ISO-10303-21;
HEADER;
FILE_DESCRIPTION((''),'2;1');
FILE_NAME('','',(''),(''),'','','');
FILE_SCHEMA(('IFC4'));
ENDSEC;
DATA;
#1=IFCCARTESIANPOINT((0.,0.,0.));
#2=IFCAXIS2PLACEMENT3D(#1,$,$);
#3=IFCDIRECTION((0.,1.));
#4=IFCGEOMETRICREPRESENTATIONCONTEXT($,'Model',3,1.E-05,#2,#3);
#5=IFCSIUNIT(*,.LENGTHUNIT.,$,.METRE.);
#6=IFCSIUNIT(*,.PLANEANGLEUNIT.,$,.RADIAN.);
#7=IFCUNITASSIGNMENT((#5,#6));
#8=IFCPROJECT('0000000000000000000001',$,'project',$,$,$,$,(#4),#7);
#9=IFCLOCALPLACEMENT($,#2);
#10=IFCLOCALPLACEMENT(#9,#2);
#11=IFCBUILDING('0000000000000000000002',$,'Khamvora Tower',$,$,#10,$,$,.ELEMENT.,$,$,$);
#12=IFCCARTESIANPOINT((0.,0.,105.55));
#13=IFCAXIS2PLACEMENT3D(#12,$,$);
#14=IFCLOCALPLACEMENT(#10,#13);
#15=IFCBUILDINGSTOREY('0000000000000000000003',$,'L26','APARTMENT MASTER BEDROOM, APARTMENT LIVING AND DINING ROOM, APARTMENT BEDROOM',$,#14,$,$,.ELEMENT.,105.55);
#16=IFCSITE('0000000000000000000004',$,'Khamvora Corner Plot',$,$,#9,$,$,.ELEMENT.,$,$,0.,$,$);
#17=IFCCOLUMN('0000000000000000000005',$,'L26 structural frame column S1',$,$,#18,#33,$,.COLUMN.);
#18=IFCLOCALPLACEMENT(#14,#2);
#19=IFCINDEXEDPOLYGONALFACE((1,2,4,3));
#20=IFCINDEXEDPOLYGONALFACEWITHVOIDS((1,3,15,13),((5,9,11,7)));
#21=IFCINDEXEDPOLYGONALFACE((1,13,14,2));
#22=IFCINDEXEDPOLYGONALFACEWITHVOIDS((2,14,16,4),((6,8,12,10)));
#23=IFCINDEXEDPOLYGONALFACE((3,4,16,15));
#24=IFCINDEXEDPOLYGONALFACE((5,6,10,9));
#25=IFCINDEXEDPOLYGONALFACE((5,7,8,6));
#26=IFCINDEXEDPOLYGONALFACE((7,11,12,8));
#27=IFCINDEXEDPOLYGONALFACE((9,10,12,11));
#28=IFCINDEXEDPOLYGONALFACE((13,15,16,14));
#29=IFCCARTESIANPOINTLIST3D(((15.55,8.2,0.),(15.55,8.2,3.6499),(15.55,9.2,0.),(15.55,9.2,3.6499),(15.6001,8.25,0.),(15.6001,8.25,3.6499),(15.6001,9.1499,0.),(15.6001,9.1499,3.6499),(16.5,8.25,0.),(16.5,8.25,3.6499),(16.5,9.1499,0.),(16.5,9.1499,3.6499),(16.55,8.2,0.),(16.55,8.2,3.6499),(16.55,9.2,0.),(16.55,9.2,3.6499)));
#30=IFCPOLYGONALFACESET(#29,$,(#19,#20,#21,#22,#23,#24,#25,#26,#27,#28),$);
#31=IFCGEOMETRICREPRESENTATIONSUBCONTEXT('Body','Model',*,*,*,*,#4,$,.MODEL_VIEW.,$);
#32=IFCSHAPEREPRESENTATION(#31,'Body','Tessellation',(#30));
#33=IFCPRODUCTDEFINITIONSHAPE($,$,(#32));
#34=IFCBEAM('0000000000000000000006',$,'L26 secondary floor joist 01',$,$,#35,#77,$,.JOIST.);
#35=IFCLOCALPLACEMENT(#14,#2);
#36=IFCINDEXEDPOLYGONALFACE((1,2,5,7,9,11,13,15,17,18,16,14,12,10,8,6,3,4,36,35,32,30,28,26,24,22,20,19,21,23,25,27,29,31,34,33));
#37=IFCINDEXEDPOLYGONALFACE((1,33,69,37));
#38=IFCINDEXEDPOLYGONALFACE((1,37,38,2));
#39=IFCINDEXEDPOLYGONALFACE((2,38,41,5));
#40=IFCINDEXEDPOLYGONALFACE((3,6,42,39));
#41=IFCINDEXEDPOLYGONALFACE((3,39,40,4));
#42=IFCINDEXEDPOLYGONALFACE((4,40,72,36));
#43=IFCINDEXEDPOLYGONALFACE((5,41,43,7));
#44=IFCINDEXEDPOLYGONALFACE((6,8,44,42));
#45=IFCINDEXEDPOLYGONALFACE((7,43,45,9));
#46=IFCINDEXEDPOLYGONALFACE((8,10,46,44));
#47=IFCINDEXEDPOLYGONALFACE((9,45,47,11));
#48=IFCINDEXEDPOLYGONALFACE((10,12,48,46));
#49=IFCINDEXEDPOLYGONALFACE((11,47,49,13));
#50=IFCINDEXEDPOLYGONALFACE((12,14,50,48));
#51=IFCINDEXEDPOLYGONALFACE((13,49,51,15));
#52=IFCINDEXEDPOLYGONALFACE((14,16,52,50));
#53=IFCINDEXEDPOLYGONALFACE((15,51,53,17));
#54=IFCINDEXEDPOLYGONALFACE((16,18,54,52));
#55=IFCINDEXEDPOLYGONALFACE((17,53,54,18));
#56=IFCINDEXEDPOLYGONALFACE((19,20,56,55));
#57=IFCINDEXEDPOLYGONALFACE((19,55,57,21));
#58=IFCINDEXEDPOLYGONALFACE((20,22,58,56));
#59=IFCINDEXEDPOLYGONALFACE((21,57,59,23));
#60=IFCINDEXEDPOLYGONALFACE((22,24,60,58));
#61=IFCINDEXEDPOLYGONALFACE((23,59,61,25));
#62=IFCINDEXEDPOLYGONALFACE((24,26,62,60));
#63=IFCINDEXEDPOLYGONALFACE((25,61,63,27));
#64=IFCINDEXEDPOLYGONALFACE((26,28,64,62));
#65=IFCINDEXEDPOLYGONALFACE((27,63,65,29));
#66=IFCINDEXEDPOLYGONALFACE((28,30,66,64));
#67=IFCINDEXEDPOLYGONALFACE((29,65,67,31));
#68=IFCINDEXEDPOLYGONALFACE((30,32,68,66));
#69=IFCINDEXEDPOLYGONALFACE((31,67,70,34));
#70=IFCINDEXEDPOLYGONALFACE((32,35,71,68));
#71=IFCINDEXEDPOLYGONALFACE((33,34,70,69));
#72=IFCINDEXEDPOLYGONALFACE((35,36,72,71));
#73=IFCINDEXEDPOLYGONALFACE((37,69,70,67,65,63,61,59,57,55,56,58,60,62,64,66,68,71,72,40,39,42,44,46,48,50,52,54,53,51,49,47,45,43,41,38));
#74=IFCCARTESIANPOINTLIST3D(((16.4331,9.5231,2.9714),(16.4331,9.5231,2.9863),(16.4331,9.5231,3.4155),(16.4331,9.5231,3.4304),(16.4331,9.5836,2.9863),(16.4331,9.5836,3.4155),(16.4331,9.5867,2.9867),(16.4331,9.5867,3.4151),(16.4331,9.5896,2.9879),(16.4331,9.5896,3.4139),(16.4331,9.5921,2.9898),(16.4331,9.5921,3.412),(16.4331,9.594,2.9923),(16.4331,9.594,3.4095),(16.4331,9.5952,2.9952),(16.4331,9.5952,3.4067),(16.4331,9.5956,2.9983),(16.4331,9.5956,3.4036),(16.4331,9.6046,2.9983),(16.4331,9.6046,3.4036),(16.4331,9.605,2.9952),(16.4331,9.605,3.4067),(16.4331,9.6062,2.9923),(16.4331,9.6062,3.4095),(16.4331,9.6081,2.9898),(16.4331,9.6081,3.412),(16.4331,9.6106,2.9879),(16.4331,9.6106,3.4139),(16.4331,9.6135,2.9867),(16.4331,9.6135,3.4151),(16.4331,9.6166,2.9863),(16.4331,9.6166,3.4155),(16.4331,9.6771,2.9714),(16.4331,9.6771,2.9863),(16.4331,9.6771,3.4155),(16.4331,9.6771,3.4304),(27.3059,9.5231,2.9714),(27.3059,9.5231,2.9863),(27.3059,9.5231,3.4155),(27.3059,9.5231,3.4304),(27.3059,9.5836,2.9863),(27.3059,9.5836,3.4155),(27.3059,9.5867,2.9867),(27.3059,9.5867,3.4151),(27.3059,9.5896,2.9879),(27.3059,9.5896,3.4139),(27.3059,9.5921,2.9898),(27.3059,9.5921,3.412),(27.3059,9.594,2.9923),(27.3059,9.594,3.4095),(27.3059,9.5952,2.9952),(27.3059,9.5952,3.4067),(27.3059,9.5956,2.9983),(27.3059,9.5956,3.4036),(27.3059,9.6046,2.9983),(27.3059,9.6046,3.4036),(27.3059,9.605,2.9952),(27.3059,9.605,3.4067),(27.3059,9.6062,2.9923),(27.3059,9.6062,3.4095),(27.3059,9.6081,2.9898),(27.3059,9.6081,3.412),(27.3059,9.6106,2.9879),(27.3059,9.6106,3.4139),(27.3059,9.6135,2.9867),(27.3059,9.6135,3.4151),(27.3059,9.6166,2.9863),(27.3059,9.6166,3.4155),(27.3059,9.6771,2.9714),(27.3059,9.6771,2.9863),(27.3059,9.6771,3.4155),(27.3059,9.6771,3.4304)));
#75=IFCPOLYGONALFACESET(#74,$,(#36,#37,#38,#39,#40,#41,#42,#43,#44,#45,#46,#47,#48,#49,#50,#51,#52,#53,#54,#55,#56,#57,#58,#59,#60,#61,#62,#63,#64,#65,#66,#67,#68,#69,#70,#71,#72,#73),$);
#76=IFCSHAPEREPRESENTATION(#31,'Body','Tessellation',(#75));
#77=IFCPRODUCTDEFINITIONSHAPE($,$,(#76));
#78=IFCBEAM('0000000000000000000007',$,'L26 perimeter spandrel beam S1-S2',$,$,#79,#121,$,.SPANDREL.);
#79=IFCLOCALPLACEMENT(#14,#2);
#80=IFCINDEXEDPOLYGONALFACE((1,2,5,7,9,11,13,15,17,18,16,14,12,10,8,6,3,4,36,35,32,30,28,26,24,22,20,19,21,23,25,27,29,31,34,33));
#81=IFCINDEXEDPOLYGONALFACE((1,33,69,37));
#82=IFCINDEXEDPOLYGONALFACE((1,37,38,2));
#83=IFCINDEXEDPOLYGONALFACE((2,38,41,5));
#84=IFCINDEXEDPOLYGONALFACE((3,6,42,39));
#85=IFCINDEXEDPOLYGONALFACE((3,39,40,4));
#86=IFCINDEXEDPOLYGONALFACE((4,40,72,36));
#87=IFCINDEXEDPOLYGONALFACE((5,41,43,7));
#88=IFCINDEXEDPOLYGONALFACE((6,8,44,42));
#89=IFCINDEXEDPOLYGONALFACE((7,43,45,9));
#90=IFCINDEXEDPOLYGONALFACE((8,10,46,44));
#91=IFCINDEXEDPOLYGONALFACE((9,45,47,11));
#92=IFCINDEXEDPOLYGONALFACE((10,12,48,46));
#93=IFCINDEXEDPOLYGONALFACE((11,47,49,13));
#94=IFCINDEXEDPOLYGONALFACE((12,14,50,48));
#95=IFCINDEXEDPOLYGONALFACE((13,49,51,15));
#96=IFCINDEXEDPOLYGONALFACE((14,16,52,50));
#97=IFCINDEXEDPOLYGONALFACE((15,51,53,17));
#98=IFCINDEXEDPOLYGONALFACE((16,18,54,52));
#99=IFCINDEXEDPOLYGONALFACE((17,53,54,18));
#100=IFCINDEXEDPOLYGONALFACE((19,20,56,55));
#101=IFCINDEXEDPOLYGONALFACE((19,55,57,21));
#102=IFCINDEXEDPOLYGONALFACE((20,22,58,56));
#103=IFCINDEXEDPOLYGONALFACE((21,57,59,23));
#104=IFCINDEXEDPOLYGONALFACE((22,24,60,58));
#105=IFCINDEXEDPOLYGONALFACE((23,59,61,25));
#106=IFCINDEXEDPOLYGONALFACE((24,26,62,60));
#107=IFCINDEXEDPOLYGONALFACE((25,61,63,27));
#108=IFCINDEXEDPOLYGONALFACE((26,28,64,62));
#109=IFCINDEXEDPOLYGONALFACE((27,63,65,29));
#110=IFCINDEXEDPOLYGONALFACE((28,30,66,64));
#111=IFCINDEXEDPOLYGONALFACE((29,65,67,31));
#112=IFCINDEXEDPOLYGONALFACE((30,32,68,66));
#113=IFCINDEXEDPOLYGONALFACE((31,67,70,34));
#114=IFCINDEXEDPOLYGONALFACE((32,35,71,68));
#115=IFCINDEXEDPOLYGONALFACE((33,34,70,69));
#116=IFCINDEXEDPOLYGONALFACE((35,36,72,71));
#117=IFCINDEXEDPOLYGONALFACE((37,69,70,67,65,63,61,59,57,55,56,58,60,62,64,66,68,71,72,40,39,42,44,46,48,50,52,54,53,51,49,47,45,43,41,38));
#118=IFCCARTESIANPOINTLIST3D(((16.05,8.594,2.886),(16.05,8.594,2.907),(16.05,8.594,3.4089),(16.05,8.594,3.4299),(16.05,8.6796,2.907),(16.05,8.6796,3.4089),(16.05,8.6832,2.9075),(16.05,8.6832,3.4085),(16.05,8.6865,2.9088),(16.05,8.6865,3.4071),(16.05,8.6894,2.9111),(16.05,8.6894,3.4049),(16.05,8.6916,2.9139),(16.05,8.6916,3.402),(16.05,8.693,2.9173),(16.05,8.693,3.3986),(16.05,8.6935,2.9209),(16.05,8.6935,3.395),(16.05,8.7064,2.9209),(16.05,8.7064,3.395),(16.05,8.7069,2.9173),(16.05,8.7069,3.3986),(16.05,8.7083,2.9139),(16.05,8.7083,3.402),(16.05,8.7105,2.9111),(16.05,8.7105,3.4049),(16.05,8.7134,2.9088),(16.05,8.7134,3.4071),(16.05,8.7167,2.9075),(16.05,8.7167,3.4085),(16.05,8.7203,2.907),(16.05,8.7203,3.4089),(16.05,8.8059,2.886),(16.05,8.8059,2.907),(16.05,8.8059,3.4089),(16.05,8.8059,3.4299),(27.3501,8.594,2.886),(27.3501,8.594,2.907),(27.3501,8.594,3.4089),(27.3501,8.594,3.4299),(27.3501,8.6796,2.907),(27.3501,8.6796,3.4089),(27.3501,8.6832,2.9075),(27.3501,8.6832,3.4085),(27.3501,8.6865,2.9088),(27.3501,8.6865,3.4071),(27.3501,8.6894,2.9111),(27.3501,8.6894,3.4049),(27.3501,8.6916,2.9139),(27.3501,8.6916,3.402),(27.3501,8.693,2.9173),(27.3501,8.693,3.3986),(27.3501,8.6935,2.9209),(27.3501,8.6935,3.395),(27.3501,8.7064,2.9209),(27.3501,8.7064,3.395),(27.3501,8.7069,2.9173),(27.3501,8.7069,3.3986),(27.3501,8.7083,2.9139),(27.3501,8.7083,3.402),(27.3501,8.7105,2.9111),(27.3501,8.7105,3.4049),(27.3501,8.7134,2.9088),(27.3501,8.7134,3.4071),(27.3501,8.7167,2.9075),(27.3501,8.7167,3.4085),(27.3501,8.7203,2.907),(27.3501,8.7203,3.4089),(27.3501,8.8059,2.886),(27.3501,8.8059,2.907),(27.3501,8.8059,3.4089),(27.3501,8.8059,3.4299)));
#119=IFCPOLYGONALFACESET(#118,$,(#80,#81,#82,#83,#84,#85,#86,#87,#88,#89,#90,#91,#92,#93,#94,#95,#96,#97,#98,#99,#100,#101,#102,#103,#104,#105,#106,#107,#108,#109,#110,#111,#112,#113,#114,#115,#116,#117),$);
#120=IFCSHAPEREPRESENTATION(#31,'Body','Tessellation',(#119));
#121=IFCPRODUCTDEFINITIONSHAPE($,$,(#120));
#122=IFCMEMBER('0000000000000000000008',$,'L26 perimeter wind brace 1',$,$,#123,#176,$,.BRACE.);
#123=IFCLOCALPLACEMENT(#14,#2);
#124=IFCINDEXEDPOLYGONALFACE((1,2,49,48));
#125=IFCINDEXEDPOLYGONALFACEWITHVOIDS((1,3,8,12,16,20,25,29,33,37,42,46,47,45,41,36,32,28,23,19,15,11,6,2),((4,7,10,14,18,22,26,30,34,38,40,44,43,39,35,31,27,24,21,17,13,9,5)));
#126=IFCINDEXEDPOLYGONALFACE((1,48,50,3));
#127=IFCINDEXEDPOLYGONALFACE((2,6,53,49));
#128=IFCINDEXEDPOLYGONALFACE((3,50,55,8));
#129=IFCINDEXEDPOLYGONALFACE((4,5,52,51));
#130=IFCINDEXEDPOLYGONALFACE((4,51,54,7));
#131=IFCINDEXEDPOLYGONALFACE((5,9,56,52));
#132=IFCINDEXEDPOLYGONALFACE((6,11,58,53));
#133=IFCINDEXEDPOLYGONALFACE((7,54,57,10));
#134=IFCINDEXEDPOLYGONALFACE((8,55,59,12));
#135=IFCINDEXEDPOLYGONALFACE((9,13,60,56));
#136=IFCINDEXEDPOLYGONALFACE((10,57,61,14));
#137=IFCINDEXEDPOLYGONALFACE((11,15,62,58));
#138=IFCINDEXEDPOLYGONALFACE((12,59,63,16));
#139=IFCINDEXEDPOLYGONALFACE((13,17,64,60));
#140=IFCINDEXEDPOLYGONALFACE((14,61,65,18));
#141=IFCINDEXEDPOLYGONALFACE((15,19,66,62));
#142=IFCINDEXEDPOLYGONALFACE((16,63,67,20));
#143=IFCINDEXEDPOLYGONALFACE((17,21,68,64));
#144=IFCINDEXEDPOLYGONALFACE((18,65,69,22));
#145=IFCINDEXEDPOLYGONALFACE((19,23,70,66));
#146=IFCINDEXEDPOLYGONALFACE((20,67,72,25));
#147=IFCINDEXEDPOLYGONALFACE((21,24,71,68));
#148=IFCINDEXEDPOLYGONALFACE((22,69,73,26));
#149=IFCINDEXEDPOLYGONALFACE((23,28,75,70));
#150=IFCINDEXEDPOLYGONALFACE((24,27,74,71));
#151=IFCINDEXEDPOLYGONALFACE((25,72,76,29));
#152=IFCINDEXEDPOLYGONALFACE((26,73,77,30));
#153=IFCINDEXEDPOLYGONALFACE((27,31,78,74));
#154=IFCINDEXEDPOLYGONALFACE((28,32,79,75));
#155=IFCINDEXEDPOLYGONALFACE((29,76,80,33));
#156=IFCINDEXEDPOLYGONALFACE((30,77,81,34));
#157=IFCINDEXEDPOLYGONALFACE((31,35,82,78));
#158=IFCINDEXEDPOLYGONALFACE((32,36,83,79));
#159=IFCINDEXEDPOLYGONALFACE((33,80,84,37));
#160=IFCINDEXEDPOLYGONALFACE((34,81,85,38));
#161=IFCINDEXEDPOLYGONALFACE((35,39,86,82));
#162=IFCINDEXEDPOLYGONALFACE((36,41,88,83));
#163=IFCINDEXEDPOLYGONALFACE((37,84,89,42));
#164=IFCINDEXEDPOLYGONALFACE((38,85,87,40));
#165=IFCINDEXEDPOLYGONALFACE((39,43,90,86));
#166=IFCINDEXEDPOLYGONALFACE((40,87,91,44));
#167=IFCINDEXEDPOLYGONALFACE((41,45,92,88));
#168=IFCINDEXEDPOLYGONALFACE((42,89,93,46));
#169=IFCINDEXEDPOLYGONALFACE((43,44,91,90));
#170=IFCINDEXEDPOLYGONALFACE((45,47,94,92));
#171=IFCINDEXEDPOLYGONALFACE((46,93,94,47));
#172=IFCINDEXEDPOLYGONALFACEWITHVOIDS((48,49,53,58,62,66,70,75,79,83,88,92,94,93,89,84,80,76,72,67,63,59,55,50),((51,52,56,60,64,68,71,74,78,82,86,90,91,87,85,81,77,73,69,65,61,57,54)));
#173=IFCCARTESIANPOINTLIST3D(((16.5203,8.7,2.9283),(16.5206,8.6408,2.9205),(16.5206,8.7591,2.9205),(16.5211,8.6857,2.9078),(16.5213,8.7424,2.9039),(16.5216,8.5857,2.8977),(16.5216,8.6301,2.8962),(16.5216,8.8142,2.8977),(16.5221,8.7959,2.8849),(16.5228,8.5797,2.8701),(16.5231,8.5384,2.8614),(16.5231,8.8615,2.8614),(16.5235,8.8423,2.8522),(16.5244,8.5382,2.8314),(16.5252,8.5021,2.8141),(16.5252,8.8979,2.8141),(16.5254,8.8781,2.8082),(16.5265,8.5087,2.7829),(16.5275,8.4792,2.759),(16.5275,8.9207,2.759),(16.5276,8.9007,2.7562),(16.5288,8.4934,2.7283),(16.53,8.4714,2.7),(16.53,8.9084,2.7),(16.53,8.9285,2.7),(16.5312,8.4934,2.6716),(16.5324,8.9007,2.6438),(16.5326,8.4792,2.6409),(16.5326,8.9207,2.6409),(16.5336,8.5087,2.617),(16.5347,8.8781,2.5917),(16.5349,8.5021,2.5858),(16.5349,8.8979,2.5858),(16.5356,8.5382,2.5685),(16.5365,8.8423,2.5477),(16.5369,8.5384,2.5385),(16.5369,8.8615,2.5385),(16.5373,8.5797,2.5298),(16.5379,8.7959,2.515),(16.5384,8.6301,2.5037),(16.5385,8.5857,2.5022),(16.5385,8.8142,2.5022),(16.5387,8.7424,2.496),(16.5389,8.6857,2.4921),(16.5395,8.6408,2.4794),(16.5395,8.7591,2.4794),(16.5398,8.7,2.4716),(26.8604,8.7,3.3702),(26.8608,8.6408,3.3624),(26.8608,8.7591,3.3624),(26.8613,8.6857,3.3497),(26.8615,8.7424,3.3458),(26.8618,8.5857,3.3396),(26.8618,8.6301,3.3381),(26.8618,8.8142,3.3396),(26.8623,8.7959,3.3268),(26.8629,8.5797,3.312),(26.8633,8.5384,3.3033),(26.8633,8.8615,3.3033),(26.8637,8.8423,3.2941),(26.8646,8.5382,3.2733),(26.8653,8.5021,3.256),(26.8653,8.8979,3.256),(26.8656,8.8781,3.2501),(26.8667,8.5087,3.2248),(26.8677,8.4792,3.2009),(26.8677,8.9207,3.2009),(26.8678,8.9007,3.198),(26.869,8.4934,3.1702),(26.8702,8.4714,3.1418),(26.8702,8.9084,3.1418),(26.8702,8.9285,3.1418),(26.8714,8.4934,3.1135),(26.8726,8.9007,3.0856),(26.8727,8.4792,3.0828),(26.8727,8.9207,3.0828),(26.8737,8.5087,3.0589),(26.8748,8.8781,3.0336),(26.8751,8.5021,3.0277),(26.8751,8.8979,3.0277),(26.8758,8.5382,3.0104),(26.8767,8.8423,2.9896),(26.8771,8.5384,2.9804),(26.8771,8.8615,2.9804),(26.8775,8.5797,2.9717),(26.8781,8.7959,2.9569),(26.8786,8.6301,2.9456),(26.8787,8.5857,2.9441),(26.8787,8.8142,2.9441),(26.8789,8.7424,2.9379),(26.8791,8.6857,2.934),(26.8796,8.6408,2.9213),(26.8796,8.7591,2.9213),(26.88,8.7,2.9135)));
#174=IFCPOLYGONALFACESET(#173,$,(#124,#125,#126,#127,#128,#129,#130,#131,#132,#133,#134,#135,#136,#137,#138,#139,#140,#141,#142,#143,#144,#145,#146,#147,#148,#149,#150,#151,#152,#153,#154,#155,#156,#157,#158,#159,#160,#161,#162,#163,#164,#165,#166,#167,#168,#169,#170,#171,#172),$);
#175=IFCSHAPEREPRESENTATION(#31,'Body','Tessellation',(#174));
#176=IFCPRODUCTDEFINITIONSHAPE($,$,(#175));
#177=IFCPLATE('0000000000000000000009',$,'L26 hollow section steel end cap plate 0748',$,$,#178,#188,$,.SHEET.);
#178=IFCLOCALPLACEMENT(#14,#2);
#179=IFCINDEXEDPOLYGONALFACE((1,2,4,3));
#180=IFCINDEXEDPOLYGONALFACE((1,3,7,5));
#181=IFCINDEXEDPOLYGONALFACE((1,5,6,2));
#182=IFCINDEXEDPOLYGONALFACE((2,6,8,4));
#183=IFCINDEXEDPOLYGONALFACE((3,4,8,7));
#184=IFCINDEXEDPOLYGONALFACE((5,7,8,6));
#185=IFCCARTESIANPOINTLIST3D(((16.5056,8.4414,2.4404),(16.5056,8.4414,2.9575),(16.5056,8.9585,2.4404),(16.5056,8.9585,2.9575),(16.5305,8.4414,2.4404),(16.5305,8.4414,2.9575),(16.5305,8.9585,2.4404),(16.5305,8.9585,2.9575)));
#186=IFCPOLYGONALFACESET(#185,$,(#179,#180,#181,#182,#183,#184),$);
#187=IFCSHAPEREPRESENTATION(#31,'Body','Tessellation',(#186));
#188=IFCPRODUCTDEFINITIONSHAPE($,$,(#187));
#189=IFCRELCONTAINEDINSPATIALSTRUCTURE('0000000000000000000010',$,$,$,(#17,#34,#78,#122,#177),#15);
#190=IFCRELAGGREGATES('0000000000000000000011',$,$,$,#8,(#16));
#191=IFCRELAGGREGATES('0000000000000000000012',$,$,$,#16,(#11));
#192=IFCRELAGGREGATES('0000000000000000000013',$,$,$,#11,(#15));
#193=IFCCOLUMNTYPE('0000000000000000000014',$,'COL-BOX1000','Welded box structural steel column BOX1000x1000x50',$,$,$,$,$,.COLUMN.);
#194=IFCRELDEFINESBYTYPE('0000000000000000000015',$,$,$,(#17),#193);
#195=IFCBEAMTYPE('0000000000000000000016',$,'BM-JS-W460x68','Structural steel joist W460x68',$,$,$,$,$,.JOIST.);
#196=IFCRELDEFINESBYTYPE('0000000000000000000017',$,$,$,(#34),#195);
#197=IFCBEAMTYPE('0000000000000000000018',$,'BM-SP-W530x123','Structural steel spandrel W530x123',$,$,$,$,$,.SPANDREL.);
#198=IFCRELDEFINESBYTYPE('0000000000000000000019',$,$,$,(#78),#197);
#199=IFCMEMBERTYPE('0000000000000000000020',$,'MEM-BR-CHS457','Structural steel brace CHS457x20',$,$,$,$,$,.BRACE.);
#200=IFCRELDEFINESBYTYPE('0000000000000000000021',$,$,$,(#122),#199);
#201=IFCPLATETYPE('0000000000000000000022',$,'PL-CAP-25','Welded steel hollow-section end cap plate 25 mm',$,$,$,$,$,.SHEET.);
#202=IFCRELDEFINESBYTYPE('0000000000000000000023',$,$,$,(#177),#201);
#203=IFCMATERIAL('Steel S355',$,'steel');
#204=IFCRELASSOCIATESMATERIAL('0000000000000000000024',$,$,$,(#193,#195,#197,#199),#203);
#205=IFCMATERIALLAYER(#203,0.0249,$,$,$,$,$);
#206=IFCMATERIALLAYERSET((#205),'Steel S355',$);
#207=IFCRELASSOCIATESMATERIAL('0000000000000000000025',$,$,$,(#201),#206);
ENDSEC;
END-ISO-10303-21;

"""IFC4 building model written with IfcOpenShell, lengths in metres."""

from ifc_helpers import new_model, si_unit, direction, frame, origin, origin_2d, place, context, subcontext, project, spatial, rectangle, hollow_rectangle, hollow_circle, i_section, extrude, material, layer, layer_set, material_profile, profile_set, type_object, element, save


model = new_model("IFC4")

# Units and contexts
model_context = context("Model", 3, precision=1e-05, world=origin(), true_north=direction((0.0, 1.0)))
body_context = subcontext(model_context, "Body", "Model", "MODEL_VIEW")
ifc_project = project(units=[si_unit("LENGTHUNIT", "METRE"), si_unit("PLANEANGLEUNIT", "RADIAN")], contexts=[model_context])

# Site, building, storey
site_placement = place(None, origin())
site = spatial("IfcSite", under=ifc_project, at=site_placement, Name="Khamvora Corner Plot", CompositionType="ELEMENT", RefElevation=0.0)
building_placement = place(site_placement, origin())
building = spatial("IfcBuilding", under=site, at=building_placement, Name="Khamvora Tower", CompositionType="ELEMENT")
storey_placement = place(building_placement, frame((0.0, 0.0, 105.55)))
storey = spatial("IfcBuildingStorey", under=building, at=storey_placement, Name="L26", Description="APARTMENT MASTER BEDROOM, APARTMENT LIVING AND DINING ROOM, APARTMENT BEDROOM", CompositionType="ELEMENT", Elevation=105.55)

# Column
ifc_material_1 = material(Name="Steel S355", Category="steel")
ifc_material_profile_1 = material_profile(ifc_material_1, hollow_rectangle(XDim=1.0, YDim=1.0, WallThickness=0.05, at=origin_2d()), Name="BOX1000x1000x50")
ifc_profile_set_1 = profile_set([ifc_material_profile_1], Name="Steel S355")
column_type = type_object("IfcColumnType", Name="COL-BOX1000", Description="Welded box structural steel column BOX1000x1000x50", PredefinedType="COLUMN", material=ifc_profile_set_1)
column_placement = place(storey_placement, frame((16.05, 8.7, 0.0), z_axis=(0.0, 0.0, 1.0), x_axis=(1.0, 0.0, 0.0)))
element("IfcColumn", 1, at=column_placement, inside=storey, type_object=column_type, Name="L26 structural frame column S1", PredefinedType="COLUMN", context=body_context, shape_type="SweptSolid", body=[
    extrude(hollow_rectangle(XDim=1.0, YDim=1.0, WallThickness=0.05, at=origin_2d()), origin(), (0.0, 0.0, 1.0), 3.6499),
])

# Beams
ifc_material_profile_2 = material_profile(ifc_material_1, i_section(OverallWidth=0.1541, OverallDepth=0.459, WebThickness=0.009, FlangeThickness=0.0149, FilletRadius=0.012, at=origin_2d()), Name="W460x68")
ifc_profile_set_2 = profile_set([ifc_material_profile_2], Name="Steel S355")
beam_type_1 = type_object("IfcBeamType", Name="BM-JS-W460x68", Description="Structural steel joist W460x68", PredefinedType="JOIST", material=ifc_profile_set_2)
beam_1_placement = place(storey_placement, frame((16.4331, 9.6001, 3.2009), z_axis=(1.0, 0.0, 0.0), x_axis=(0.0, 1.0, 0.0)))
element("IfcBeam", 2, at=beam_1_placement, inside=storey, type_object=beam_type_1, Name="L26 secondary floor joist 01", PredefinedType="JOIST", context=body_context, shape_type="SweptSolid", body=[
    extrude(i_section(OverallWidth=0.1541, OverallDepth=0.459, WebThickness=0.009, FlangeThickness=0.0149, FilletRadius=0.012, at=origin_2d()), origin(), (0.0, 0.0, 1.0), 10.8728),
])
ifc_material_profile_3 = material_profile(ifc_material_1, i_section(OverallWidth=0.2119, OverallDepth=0.5439, WebThickness=0.0129, FlangeThickness=0.021, FilletRadius=0.0139, at=origin_2d()), Name="W530x123")
ifc_profile_set_3 = profile_set([ifc_material_profile_3], Name="Steel S355")
beam_type_2 = type_object("IfcBeamType", Name="BM-SP-W530x123", Description="Structural steel spandrel W530x123", PredefinedType="SPANDREL", material=ifc_profile_set_3)
beam_2_placement = place(storey_placement, frame((16.05, 8.7, 3.158), z_axis=(1.0, 0.0, 0.0), x_axis=(0.0, 1.0, 0.0)))
element("IfcBeam", 3, at=beam_2_placement, inside=storey, type_object=beam_type_2, Name="L26 perimeter spandrel beam S1-S2", PredefinedType="SPANDREL", context=body_context, shape_type="SweptSolid", body=[
    extrude(i_section(OverallWidth=0.2119, OverallDepth=0.5439, WebThickness=0.0129, FlangeThickness=0.021, FilletRadius=0.0139, at=origin_2d()), origin(), (0.0, 0.0, 1.0), 11.3),
])

# Member
ifc_material_profile_4 = material_profile(ifc_material_1, hollow_circle(Radius=0.2285, WallThickness=0.02, at=origin_2d()), Name="CHS457x20")
ifc_profile_set_4 = profile_set([ifc_material_profile_4], Name="Steel S355")
member_type = type_object("IfcMemberType", Name="MEM-BR-CHS457", Description="Structural steel brace CHS457x20", PredefinedType="BRACE", material=ifc_profile_set_4)
member_placement = place(storey_placement, frame((16.53, 8.7, 2.7), z_axis=(0.999088, 0.0, 0.042697), x_axis=(0.0, 1.0, 0.0)))
element("IfcMember", 4, at=member_placement, inside=storey, type_object=member_type, Name="L26 perimeter wind brace 1", PredefinedType="BRACE", context=body_context, shape_type="SweptSolid", body=[
    extrude(hollow_circle(Radius=0.2285, WallThickness=0.02, at=origin_2d()), origin(), (0.0, 0.0, 1.0), 10.3496),
])

# Plate
ifc_layer_1 = layer(ifc_material_1, 0.0249)
ifc_layer_set_1 = layer_set([ifc_layer_1], Name="Steel S355")
plate_type_1 = type_object("IfcPlateType", Name="PL-CAP-25", Description="Welded steel hollow-section end cap plate 25 mm", PredefinedType="SHEET", material=ifc_layer_set_1)
plate_1_placement = place(storey_placement, frame((16.5181, 8.7, 2.4404), z_axis=(0.0, 0.0, 1.0), x_axis=(1.0, 0.0, 0.0)))
element("IfcPlate", 5, at=plate_1_placement, inside=storey, type_object=plate_type_1, Name="L26 hollow section steel end cap plate 0748", PredefinedType="SHEET", context=body_context, shape_type="SweptSolid", body=[
    extrude(rectangle(XDim=0.0249, YDim=0.5171, at=origin_2d()), origin(), (0.0, 0.0, 1.0), 0.5171),
])

save(model, "model.ifc")
